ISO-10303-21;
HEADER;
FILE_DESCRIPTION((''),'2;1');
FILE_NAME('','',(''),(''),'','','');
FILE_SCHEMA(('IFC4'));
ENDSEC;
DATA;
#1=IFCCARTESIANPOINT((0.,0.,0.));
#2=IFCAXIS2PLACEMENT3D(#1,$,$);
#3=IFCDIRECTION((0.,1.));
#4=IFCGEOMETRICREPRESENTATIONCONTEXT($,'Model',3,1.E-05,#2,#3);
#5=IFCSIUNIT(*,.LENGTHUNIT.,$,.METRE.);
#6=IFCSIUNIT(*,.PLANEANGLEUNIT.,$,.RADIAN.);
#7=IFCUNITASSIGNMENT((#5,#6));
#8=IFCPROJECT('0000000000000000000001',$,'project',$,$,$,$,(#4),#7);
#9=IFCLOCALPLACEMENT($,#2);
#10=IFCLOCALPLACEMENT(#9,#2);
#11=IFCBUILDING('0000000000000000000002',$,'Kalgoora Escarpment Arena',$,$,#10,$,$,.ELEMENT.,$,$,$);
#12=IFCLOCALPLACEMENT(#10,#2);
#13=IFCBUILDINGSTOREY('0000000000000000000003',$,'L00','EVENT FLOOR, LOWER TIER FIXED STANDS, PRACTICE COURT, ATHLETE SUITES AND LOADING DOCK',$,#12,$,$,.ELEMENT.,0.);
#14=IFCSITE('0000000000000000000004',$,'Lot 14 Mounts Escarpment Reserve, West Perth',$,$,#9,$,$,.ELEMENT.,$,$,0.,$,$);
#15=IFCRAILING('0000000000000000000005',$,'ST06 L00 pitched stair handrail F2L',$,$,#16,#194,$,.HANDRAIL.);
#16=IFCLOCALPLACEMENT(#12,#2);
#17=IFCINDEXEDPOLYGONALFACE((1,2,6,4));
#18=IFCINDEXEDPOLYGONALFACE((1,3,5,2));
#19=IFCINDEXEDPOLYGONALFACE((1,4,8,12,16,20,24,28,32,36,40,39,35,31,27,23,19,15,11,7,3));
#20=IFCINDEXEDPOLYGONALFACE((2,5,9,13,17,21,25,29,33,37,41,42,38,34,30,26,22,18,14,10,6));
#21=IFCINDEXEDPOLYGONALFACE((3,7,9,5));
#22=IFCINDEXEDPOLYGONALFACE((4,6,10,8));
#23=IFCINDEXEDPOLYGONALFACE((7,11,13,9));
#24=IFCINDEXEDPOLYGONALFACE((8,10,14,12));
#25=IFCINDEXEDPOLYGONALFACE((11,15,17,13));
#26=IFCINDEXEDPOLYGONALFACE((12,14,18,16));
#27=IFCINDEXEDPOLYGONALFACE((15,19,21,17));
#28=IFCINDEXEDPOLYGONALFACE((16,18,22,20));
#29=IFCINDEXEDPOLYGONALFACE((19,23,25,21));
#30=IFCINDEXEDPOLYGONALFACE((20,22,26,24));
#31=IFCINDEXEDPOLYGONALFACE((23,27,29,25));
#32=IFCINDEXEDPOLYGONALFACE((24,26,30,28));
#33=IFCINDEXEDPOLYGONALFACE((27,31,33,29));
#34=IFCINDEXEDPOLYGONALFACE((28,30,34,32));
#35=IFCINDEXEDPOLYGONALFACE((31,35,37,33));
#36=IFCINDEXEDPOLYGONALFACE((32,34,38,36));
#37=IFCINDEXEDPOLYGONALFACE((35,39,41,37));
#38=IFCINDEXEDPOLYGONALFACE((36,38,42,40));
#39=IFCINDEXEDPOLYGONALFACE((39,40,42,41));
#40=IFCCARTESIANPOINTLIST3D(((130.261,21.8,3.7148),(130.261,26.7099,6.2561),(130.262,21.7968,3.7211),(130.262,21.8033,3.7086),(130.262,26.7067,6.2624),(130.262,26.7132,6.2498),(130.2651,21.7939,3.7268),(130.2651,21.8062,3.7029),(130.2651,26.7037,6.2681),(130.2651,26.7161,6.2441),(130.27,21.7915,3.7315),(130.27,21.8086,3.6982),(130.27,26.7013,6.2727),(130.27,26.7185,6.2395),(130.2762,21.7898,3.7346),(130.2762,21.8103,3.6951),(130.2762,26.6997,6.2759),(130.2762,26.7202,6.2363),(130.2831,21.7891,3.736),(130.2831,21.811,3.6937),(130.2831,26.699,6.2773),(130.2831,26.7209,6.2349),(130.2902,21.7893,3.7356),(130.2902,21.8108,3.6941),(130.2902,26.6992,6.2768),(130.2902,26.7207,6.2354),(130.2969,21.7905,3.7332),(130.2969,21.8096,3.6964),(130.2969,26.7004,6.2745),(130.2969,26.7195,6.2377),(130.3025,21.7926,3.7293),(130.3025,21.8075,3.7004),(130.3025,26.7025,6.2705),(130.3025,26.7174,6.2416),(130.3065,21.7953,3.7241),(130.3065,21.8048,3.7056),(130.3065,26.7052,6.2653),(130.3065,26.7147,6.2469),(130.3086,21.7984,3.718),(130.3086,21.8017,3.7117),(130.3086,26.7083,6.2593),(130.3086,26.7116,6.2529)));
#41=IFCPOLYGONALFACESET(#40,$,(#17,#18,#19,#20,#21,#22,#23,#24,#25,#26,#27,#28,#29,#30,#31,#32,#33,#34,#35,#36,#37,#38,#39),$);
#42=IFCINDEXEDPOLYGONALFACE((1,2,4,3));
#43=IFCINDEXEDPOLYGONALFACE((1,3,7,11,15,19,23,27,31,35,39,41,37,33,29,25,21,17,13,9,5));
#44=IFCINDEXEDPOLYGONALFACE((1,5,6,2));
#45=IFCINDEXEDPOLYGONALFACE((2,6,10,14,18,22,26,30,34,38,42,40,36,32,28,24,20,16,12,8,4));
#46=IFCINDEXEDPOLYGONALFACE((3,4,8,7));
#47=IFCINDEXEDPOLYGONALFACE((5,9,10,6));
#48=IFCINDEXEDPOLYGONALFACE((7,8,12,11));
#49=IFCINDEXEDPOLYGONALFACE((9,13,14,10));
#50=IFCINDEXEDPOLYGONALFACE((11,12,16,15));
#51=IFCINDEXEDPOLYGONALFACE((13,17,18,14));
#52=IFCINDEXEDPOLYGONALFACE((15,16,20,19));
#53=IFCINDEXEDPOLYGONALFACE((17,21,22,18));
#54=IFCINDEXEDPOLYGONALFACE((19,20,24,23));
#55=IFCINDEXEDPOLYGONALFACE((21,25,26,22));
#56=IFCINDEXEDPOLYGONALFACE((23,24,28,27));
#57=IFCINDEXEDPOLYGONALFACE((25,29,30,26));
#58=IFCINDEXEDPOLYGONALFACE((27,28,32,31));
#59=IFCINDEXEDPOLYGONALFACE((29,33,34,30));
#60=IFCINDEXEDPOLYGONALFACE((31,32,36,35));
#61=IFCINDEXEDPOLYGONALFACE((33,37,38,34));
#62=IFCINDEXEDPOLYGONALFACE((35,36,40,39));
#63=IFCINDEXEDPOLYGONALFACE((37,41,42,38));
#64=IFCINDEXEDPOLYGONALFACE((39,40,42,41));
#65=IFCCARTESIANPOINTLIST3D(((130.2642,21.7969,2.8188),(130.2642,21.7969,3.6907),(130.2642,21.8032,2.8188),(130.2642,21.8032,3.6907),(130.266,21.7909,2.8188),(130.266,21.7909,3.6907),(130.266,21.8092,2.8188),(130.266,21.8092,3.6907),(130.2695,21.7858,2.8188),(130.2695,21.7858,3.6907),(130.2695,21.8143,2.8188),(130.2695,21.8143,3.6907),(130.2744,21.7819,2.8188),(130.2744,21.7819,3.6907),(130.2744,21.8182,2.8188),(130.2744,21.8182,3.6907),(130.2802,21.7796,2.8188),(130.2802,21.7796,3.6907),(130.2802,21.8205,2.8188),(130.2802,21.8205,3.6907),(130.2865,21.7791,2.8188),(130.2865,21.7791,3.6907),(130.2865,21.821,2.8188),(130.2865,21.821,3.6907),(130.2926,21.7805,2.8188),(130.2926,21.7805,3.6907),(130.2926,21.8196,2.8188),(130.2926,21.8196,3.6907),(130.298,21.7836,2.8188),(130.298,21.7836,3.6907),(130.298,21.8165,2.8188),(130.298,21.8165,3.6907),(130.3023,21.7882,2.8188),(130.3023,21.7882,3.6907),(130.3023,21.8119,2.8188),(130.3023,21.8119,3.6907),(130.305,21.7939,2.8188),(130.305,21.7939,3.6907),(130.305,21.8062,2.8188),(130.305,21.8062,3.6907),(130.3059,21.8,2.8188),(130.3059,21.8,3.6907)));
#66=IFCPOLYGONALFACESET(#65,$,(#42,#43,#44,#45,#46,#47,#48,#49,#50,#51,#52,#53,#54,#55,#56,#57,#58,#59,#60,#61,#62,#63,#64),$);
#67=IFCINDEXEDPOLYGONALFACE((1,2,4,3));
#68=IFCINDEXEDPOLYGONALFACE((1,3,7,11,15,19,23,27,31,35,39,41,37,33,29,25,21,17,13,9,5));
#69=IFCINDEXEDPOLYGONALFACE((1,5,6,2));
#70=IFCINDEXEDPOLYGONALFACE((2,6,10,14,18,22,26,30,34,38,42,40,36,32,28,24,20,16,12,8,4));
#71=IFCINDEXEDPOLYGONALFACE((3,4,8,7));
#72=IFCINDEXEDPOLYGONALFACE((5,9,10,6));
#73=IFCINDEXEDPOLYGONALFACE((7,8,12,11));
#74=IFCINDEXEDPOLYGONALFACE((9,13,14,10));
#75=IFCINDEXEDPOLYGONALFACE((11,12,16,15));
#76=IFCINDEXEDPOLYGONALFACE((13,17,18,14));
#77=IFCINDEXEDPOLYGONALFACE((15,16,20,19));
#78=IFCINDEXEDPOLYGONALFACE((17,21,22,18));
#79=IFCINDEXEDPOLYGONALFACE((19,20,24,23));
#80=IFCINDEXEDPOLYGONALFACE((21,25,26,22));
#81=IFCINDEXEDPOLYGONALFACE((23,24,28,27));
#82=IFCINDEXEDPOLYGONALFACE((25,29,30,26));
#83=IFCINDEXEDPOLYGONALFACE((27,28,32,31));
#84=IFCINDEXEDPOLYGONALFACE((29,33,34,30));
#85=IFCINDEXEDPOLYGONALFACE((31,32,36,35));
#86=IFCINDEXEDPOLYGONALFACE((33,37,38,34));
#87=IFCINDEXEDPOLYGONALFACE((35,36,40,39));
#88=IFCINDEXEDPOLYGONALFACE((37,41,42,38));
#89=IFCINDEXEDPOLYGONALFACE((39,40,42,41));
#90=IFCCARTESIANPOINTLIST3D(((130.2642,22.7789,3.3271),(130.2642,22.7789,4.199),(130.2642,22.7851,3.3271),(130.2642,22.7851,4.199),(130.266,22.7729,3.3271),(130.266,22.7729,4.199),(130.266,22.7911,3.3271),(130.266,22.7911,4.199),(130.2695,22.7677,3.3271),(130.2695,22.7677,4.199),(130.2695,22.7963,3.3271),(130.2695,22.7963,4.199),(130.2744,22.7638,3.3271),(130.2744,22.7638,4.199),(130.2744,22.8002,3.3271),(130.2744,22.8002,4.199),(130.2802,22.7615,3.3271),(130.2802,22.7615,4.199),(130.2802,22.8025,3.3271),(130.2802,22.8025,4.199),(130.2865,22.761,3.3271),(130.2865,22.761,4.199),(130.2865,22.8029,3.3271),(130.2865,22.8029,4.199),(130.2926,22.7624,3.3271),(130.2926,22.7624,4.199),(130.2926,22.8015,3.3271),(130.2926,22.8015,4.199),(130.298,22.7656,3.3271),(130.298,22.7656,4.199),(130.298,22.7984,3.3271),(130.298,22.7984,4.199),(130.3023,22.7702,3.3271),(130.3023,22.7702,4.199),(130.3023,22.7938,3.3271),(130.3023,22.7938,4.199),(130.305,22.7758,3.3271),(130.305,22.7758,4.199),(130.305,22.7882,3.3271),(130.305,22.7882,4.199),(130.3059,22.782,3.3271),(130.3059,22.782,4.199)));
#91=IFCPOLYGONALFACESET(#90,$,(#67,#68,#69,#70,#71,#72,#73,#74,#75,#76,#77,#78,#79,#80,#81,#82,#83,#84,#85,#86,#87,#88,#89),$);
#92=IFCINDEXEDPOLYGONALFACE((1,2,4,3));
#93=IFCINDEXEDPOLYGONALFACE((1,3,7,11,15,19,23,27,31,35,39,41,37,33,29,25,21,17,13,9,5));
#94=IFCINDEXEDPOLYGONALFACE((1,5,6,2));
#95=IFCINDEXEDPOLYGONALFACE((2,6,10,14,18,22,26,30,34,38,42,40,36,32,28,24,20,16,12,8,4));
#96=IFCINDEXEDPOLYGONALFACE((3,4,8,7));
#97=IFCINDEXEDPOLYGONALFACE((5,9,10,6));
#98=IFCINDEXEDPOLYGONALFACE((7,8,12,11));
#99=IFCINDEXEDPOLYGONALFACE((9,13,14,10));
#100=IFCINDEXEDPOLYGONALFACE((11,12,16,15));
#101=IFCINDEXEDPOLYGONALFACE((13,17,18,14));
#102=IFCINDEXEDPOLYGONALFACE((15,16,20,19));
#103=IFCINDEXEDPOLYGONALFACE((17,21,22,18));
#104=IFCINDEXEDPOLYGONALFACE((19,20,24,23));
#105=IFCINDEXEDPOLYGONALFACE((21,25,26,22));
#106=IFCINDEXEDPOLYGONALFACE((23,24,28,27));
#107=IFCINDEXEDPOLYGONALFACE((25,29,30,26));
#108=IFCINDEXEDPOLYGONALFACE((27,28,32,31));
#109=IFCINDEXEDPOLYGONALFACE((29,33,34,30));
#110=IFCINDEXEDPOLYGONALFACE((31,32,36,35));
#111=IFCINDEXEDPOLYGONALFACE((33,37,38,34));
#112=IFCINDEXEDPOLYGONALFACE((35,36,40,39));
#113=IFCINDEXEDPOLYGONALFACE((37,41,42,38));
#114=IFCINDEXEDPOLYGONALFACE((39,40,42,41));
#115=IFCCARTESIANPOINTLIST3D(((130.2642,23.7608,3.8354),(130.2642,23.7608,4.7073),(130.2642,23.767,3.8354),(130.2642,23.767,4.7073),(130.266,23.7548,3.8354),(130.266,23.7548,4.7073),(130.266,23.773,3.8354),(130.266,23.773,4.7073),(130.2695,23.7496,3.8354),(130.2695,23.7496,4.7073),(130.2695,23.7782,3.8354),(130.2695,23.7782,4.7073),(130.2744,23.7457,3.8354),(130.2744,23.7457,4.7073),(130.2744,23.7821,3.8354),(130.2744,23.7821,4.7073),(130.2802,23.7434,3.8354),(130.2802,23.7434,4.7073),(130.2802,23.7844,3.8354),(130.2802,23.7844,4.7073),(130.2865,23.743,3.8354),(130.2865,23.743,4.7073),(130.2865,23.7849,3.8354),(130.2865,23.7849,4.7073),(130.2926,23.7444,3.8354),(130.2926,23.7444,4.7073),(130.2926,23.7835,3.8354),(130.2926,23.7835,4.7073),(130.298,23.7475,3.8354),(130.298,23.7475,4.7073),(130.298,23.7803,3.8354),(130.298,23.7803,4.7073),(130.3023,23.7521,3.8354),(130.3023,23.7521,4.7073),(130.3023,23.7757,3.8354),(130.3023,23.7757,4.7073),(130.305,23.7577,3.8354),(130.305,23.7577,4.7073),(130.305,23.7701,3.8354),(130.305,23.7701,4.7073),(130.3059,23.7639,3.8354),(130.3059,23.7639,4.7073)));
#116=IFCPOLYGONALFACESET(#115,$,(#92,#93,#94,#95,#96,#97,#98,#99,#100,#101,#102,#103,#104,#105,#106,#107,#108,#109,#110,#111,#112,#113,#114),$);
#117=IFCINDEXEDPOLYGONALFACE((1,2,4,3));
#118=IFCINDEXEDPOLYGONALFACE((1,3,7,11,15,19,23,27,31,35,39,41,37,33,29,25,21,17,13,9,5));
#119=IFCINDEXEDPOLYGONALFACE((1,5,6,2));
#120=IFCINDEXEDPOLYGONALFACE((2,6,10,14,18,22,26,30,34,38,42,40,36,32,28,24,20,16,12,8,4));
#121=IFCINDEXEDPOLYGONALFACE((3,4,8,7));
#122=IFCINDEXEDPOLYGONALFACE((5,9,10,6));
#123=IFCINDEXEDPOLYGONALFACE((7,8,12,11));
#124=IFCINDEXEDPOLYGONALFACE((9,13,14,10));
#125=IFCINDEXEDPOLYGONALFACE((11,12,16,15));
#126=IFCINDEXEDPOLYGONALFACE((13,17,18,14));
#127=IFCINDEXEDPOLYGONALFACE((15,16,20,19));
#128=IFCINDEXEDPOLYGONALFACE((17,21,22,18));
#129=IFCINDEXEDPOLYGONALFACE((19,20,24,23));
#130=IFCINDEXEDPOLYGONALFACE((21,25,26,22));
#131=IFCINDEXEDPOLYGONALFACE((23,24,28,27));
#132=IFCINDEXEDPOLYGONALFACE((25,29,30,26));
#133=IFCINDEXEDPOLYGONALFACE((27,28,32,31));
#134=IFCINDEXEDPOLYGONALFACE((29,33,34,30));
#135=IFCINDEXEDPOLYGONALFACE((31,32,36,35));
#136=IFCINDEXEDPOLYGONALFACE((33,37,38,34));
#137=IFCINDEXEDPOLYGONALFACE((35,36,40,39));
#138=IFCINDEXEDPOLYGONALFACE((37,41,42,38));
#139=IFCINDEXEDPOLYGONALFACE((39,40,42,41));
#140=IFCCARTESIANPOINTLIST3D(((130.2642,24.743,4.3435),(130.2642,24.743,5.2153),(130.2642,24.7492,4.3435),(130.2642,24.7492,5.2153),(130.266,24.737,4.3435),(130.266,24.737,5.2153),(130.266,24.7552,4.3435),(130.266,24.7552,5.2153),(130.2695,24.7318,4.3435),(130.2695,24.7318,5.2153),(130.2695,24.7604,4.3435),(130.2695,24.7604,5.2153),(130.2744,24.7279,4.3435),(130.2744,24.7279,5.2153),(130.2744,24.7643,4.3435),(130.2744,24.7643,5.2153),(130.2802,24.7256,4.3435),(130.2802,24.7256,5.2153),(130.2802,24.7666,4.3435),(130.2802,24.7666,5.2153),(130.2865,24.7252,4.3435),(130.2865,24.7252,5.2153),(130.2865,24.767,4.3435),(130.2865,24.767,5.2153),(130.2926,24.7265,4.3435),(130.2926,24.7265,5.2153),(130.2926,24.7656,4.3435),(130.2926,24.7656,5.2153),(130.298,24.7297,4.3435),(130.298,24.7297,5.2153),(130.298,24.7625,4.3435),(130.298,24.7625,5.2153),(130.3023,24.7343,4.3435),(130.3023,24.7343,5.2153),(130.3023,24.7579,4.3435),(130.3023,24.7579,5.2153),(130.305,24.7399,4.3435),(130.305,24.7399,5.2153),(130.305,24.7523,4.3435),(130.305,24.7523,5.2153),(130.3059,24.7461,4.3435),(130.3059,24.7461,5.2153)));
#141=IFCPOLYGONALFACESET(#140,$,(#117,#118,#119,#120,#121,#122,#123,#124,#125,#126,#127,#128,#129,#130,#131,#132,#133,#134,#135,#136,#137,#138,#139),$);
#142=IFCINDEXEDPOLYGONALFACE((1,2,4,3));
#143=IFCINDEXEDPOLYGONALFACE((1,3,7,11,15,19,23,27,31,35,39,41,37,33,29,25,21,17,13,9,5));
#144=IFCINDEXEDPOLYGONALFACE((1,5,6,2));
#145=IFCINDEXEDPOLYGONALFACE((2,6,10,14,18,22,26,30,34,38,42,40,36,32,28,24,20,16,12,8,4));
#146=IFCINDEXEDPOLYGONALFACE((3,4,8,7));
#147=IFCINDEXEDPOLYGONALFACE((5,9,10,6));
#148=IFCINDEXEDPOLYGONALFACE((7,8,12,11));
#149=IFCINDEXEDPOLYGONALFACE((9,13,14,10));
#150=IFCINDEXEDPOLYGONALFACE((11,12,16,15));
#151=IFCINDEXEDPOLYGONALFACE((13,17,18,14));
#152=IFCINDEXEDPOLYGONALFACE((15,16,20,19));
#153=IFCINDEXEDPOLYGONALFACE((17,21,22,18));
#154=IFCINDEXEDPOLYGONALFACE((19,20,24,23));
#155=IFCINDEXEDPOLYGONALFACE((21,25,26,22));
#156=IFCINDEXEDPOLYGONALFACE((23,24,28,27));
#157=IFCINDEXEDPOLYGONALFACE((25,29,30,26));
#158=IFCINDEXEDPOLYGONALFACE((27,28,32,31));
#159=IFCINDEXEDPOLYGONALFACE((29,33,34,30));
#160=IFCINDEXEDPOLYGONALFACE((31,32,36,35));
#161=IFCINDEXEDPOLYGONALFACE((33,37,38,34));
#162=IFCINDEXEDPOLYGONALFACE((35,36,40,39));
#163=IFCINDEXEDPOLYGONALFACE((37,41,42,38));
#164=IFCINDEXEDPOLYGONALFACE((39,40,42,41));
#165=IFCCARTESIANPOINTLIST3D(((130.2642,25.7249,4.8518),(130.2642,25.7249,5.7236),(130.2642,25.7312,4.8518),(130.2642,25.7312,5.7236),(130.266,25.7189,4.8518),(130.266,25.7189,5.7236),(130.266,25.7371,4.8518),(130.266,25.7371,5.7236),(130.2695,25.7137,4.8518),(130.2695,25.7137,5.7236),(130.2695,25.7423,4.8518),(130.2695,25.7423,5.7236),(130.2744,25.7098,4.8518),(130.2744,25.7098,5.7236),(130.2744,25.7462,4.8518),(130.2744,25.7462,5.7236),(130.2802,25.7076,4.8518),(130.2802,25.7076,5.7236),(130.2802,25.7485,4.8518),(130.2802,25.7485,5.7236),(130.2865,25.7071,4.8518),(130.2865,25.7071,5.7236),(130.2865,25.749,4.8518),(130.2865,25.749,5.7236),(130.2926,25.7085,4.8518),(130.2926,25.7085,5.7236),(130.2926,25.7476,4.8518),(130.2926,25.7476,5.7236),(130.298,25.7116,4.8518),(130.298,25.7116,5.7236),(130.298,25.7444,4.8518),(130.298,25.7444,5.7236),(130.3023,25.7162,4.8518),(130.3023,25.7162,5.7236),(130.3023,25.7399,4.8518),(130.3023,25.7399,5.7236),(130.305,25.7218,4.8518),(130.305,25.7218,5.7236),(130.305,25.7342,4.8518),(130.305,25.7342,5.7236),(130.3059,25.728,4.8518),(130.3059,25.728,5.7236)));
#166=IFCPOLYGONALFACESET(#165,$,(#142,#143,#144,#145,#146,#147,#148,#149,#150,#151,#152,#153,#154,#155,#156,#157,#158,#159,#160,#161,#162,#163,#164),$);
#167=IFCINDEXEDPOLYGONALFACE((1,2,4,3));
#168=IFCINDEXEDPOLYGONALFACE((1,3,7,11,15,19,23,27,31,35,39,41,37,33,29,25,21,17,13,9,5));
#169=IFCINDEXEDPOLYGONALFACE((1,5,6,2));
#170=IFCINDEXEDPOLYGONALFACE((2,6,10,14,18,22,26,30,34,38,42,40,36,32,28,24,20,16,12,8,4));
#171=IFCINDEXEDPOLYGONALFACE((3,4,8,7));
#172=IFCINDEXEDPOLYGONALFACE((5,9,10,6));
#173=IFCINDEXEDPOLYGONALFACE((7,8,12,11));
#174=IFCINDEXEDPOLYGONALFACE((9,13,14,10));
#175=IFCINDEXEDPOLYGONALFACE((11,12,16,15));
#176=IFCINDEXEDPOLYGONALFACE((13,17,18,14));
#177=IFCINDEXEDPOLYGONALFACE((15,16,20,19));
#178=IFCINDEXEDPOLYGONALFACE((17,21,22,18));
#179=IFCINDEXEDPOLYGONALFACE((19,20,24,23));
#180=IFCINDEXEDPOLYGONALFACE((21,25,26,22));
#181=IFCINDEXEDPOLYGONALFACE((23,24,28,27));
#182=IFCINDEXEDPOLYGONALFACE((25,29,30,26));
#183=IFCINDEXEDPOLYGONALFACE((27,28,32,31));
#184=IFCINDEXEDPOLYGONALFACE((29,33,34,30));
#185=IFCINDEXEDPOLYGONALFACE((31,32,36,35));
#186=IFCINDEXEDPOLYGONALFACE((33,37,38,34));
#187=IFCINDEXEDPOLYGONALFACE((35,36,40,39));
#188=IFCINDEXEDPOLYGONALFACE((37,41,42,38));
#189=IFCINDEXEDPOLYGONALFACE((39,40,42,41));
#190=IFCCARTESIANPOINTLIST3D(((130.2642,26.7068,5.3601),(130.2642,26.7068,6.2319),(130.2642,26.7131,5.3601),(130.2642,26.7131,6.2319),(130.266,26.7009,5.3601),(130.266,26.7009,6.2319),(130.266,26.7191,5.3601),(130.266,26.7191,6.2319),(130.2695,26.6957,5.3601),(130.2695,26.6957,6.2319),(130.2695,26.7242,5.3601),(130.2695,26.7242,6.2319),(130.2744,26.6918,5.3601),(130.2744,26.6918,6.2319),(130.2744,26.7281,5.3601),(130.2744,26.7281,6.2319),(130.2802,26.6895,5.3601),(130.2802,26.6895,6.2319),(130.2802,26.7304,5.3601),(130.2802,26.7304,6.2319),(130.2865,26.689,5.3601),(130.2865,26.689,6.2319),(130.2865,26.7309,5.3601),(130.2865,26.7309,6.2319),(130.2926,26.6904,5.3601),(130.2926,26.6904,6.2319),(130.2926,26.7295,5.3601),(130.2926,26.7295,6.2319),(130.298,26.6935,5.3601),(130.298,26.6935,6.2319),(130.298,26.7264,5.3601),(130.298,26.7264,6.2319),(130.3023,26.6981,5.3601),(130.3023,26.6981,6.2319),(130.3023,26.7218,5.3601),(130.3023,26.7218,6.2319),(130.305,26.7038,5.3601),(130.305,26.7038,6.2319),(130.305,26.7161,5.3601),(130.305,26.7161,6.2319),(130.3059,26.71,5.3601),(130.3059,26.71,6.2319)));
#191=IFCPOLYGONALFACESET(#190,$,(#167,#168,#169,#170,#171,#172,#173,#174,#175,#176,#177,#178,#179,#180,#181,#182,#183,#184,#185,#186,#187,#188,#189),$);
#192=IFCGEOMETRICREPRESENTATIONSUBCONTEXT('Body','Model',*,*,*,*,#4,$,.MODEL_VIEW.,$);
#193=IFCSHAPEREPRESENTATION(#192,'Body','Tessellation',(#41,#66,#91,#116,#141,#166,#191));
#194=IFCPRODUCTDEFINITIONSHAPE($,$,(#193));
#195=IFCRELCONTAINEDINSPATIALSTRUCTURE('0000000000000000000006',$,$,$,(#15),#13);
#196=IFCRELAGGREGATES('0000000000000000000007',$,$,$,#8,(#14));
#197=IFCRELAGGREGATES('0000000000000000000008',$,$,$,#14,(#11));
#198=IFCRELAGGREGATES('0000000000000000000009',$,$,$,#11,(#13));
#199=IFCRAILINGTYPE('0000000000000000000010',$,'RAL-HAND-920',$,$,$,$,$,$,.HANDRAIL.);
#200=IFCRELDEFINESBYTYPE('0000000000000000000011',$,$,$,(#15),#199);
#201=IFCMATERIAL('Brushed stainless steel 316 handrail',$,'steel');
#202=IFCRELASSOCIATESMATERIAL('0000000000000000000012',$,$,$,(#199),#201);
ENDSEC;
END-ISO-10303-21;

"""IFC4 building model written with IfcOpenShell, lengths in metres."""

from ifc_helpers import new_model, si_unit, direction, frame, origin, origin_2d, place, context, subcontext, project, spatial, circle, extrude, material, type_object, element, save


model = new_model("IFC4")

# Units and contexts
model_context = context("Model", 3, precision=1e-05, world=origin(), true_north=direction((0.0, 1.0)))
body_context = subcontext(model_context, "Body", "Model", "MODEL_VIEW")
ifc_project = project(units=[si_unit("LENGTHUNIT", "METRE"), si_unit("PLANEANGLEUNIT", "RADIAN")], contexts=[model_context])

# Site, building, storey
site_placement = place(None, origin())
site = spatial("IfcSite", under=ifc_project, at=site_placement, Name="Lot 14 Mounts Escarpment Reserve, West Perth", CompositionType="ELEMENT", RefElevation=0.0)
building_placement = place(site_placement, origin())
building = spatial("IfcBuilding", under=site, at=building_placement, Name="Kalgoora Escarpment Arena", CompositionType="ELEMENT")
storey_placement = place(building_placement, origin())
storey = spatial("IfcBuildingStorey", under=building, at=storey_placement, Name="L00", Description="EVENT FLOOR, LOWER TIER FIXED STANDS, PRACTICE COURT, ATHLETE SUITES AND LOADING DOCK", CompositionType="ELEMENT", Elevation=0.0)

# Railing
ifc_material_1 = material(Name="Brushed stainless steel 316 handrail", Category="steel")
railing_type = type_object("IfcRailingType", Name="RAL-HAND-920", PredefinedType="HANDRAIL", material=ifc_material_1)
railing_placement = place(storey_placement, frame((130.2849, 21.8, 2.8188)))
element("IfcRailing", 1, at=railing_placement, inside=storey, type_object=railing_type, Name="ST06 L00 pitched stair handrail F2L", PredefinedType="HANDRAIL", context=body_context, shape_type="SweptSolid", body=[
    extrude(circle(Radius=0.0239, at=origin_2d()), frame((0.0, 0.0, 0.896), z_axis=(0.0, 0.888096, 0.459658), x_axis=(-1.0, 0.0, 0.0)), (0.0, 0.0, 1.0), 5.5286),
    extrude(circle(Radius=0.021, at=origin_2d()), origin(), (0.0, 0.0, 1.0), 0.8718),
    extrude(circle(Radius=0.021, at=origin_2d()), frame((0.0, 0.9819, 0.5083)), (0.0, 0.0, 1.0), 0.8718),
    extrude(circle(Radius=0.021, at=origin_2d()), frame((0.0, 1.9639, 1.0166)), (0.0, 0.0, 1.0), 0.8718),
    extrude(circle(Radius=0.021, at=origin_2d()), frame((0.0, 2.946, 1.5247)), (0.0, 0.0, 1.0), 0.8718),
    extrude(circle(Radius=0.021, at=origin_2d()), frame((0.0, 3.928, 2.033)), (0.0, 0.0, 1.0), 0.8718),
    extrude(circle(Radius=0.021, at=origin_2d()), frame((0.0, 4.9099, 2.5413)), (0.0, 0.0, 1.0), 0.8718),
])

save(model, "model.ifc")
